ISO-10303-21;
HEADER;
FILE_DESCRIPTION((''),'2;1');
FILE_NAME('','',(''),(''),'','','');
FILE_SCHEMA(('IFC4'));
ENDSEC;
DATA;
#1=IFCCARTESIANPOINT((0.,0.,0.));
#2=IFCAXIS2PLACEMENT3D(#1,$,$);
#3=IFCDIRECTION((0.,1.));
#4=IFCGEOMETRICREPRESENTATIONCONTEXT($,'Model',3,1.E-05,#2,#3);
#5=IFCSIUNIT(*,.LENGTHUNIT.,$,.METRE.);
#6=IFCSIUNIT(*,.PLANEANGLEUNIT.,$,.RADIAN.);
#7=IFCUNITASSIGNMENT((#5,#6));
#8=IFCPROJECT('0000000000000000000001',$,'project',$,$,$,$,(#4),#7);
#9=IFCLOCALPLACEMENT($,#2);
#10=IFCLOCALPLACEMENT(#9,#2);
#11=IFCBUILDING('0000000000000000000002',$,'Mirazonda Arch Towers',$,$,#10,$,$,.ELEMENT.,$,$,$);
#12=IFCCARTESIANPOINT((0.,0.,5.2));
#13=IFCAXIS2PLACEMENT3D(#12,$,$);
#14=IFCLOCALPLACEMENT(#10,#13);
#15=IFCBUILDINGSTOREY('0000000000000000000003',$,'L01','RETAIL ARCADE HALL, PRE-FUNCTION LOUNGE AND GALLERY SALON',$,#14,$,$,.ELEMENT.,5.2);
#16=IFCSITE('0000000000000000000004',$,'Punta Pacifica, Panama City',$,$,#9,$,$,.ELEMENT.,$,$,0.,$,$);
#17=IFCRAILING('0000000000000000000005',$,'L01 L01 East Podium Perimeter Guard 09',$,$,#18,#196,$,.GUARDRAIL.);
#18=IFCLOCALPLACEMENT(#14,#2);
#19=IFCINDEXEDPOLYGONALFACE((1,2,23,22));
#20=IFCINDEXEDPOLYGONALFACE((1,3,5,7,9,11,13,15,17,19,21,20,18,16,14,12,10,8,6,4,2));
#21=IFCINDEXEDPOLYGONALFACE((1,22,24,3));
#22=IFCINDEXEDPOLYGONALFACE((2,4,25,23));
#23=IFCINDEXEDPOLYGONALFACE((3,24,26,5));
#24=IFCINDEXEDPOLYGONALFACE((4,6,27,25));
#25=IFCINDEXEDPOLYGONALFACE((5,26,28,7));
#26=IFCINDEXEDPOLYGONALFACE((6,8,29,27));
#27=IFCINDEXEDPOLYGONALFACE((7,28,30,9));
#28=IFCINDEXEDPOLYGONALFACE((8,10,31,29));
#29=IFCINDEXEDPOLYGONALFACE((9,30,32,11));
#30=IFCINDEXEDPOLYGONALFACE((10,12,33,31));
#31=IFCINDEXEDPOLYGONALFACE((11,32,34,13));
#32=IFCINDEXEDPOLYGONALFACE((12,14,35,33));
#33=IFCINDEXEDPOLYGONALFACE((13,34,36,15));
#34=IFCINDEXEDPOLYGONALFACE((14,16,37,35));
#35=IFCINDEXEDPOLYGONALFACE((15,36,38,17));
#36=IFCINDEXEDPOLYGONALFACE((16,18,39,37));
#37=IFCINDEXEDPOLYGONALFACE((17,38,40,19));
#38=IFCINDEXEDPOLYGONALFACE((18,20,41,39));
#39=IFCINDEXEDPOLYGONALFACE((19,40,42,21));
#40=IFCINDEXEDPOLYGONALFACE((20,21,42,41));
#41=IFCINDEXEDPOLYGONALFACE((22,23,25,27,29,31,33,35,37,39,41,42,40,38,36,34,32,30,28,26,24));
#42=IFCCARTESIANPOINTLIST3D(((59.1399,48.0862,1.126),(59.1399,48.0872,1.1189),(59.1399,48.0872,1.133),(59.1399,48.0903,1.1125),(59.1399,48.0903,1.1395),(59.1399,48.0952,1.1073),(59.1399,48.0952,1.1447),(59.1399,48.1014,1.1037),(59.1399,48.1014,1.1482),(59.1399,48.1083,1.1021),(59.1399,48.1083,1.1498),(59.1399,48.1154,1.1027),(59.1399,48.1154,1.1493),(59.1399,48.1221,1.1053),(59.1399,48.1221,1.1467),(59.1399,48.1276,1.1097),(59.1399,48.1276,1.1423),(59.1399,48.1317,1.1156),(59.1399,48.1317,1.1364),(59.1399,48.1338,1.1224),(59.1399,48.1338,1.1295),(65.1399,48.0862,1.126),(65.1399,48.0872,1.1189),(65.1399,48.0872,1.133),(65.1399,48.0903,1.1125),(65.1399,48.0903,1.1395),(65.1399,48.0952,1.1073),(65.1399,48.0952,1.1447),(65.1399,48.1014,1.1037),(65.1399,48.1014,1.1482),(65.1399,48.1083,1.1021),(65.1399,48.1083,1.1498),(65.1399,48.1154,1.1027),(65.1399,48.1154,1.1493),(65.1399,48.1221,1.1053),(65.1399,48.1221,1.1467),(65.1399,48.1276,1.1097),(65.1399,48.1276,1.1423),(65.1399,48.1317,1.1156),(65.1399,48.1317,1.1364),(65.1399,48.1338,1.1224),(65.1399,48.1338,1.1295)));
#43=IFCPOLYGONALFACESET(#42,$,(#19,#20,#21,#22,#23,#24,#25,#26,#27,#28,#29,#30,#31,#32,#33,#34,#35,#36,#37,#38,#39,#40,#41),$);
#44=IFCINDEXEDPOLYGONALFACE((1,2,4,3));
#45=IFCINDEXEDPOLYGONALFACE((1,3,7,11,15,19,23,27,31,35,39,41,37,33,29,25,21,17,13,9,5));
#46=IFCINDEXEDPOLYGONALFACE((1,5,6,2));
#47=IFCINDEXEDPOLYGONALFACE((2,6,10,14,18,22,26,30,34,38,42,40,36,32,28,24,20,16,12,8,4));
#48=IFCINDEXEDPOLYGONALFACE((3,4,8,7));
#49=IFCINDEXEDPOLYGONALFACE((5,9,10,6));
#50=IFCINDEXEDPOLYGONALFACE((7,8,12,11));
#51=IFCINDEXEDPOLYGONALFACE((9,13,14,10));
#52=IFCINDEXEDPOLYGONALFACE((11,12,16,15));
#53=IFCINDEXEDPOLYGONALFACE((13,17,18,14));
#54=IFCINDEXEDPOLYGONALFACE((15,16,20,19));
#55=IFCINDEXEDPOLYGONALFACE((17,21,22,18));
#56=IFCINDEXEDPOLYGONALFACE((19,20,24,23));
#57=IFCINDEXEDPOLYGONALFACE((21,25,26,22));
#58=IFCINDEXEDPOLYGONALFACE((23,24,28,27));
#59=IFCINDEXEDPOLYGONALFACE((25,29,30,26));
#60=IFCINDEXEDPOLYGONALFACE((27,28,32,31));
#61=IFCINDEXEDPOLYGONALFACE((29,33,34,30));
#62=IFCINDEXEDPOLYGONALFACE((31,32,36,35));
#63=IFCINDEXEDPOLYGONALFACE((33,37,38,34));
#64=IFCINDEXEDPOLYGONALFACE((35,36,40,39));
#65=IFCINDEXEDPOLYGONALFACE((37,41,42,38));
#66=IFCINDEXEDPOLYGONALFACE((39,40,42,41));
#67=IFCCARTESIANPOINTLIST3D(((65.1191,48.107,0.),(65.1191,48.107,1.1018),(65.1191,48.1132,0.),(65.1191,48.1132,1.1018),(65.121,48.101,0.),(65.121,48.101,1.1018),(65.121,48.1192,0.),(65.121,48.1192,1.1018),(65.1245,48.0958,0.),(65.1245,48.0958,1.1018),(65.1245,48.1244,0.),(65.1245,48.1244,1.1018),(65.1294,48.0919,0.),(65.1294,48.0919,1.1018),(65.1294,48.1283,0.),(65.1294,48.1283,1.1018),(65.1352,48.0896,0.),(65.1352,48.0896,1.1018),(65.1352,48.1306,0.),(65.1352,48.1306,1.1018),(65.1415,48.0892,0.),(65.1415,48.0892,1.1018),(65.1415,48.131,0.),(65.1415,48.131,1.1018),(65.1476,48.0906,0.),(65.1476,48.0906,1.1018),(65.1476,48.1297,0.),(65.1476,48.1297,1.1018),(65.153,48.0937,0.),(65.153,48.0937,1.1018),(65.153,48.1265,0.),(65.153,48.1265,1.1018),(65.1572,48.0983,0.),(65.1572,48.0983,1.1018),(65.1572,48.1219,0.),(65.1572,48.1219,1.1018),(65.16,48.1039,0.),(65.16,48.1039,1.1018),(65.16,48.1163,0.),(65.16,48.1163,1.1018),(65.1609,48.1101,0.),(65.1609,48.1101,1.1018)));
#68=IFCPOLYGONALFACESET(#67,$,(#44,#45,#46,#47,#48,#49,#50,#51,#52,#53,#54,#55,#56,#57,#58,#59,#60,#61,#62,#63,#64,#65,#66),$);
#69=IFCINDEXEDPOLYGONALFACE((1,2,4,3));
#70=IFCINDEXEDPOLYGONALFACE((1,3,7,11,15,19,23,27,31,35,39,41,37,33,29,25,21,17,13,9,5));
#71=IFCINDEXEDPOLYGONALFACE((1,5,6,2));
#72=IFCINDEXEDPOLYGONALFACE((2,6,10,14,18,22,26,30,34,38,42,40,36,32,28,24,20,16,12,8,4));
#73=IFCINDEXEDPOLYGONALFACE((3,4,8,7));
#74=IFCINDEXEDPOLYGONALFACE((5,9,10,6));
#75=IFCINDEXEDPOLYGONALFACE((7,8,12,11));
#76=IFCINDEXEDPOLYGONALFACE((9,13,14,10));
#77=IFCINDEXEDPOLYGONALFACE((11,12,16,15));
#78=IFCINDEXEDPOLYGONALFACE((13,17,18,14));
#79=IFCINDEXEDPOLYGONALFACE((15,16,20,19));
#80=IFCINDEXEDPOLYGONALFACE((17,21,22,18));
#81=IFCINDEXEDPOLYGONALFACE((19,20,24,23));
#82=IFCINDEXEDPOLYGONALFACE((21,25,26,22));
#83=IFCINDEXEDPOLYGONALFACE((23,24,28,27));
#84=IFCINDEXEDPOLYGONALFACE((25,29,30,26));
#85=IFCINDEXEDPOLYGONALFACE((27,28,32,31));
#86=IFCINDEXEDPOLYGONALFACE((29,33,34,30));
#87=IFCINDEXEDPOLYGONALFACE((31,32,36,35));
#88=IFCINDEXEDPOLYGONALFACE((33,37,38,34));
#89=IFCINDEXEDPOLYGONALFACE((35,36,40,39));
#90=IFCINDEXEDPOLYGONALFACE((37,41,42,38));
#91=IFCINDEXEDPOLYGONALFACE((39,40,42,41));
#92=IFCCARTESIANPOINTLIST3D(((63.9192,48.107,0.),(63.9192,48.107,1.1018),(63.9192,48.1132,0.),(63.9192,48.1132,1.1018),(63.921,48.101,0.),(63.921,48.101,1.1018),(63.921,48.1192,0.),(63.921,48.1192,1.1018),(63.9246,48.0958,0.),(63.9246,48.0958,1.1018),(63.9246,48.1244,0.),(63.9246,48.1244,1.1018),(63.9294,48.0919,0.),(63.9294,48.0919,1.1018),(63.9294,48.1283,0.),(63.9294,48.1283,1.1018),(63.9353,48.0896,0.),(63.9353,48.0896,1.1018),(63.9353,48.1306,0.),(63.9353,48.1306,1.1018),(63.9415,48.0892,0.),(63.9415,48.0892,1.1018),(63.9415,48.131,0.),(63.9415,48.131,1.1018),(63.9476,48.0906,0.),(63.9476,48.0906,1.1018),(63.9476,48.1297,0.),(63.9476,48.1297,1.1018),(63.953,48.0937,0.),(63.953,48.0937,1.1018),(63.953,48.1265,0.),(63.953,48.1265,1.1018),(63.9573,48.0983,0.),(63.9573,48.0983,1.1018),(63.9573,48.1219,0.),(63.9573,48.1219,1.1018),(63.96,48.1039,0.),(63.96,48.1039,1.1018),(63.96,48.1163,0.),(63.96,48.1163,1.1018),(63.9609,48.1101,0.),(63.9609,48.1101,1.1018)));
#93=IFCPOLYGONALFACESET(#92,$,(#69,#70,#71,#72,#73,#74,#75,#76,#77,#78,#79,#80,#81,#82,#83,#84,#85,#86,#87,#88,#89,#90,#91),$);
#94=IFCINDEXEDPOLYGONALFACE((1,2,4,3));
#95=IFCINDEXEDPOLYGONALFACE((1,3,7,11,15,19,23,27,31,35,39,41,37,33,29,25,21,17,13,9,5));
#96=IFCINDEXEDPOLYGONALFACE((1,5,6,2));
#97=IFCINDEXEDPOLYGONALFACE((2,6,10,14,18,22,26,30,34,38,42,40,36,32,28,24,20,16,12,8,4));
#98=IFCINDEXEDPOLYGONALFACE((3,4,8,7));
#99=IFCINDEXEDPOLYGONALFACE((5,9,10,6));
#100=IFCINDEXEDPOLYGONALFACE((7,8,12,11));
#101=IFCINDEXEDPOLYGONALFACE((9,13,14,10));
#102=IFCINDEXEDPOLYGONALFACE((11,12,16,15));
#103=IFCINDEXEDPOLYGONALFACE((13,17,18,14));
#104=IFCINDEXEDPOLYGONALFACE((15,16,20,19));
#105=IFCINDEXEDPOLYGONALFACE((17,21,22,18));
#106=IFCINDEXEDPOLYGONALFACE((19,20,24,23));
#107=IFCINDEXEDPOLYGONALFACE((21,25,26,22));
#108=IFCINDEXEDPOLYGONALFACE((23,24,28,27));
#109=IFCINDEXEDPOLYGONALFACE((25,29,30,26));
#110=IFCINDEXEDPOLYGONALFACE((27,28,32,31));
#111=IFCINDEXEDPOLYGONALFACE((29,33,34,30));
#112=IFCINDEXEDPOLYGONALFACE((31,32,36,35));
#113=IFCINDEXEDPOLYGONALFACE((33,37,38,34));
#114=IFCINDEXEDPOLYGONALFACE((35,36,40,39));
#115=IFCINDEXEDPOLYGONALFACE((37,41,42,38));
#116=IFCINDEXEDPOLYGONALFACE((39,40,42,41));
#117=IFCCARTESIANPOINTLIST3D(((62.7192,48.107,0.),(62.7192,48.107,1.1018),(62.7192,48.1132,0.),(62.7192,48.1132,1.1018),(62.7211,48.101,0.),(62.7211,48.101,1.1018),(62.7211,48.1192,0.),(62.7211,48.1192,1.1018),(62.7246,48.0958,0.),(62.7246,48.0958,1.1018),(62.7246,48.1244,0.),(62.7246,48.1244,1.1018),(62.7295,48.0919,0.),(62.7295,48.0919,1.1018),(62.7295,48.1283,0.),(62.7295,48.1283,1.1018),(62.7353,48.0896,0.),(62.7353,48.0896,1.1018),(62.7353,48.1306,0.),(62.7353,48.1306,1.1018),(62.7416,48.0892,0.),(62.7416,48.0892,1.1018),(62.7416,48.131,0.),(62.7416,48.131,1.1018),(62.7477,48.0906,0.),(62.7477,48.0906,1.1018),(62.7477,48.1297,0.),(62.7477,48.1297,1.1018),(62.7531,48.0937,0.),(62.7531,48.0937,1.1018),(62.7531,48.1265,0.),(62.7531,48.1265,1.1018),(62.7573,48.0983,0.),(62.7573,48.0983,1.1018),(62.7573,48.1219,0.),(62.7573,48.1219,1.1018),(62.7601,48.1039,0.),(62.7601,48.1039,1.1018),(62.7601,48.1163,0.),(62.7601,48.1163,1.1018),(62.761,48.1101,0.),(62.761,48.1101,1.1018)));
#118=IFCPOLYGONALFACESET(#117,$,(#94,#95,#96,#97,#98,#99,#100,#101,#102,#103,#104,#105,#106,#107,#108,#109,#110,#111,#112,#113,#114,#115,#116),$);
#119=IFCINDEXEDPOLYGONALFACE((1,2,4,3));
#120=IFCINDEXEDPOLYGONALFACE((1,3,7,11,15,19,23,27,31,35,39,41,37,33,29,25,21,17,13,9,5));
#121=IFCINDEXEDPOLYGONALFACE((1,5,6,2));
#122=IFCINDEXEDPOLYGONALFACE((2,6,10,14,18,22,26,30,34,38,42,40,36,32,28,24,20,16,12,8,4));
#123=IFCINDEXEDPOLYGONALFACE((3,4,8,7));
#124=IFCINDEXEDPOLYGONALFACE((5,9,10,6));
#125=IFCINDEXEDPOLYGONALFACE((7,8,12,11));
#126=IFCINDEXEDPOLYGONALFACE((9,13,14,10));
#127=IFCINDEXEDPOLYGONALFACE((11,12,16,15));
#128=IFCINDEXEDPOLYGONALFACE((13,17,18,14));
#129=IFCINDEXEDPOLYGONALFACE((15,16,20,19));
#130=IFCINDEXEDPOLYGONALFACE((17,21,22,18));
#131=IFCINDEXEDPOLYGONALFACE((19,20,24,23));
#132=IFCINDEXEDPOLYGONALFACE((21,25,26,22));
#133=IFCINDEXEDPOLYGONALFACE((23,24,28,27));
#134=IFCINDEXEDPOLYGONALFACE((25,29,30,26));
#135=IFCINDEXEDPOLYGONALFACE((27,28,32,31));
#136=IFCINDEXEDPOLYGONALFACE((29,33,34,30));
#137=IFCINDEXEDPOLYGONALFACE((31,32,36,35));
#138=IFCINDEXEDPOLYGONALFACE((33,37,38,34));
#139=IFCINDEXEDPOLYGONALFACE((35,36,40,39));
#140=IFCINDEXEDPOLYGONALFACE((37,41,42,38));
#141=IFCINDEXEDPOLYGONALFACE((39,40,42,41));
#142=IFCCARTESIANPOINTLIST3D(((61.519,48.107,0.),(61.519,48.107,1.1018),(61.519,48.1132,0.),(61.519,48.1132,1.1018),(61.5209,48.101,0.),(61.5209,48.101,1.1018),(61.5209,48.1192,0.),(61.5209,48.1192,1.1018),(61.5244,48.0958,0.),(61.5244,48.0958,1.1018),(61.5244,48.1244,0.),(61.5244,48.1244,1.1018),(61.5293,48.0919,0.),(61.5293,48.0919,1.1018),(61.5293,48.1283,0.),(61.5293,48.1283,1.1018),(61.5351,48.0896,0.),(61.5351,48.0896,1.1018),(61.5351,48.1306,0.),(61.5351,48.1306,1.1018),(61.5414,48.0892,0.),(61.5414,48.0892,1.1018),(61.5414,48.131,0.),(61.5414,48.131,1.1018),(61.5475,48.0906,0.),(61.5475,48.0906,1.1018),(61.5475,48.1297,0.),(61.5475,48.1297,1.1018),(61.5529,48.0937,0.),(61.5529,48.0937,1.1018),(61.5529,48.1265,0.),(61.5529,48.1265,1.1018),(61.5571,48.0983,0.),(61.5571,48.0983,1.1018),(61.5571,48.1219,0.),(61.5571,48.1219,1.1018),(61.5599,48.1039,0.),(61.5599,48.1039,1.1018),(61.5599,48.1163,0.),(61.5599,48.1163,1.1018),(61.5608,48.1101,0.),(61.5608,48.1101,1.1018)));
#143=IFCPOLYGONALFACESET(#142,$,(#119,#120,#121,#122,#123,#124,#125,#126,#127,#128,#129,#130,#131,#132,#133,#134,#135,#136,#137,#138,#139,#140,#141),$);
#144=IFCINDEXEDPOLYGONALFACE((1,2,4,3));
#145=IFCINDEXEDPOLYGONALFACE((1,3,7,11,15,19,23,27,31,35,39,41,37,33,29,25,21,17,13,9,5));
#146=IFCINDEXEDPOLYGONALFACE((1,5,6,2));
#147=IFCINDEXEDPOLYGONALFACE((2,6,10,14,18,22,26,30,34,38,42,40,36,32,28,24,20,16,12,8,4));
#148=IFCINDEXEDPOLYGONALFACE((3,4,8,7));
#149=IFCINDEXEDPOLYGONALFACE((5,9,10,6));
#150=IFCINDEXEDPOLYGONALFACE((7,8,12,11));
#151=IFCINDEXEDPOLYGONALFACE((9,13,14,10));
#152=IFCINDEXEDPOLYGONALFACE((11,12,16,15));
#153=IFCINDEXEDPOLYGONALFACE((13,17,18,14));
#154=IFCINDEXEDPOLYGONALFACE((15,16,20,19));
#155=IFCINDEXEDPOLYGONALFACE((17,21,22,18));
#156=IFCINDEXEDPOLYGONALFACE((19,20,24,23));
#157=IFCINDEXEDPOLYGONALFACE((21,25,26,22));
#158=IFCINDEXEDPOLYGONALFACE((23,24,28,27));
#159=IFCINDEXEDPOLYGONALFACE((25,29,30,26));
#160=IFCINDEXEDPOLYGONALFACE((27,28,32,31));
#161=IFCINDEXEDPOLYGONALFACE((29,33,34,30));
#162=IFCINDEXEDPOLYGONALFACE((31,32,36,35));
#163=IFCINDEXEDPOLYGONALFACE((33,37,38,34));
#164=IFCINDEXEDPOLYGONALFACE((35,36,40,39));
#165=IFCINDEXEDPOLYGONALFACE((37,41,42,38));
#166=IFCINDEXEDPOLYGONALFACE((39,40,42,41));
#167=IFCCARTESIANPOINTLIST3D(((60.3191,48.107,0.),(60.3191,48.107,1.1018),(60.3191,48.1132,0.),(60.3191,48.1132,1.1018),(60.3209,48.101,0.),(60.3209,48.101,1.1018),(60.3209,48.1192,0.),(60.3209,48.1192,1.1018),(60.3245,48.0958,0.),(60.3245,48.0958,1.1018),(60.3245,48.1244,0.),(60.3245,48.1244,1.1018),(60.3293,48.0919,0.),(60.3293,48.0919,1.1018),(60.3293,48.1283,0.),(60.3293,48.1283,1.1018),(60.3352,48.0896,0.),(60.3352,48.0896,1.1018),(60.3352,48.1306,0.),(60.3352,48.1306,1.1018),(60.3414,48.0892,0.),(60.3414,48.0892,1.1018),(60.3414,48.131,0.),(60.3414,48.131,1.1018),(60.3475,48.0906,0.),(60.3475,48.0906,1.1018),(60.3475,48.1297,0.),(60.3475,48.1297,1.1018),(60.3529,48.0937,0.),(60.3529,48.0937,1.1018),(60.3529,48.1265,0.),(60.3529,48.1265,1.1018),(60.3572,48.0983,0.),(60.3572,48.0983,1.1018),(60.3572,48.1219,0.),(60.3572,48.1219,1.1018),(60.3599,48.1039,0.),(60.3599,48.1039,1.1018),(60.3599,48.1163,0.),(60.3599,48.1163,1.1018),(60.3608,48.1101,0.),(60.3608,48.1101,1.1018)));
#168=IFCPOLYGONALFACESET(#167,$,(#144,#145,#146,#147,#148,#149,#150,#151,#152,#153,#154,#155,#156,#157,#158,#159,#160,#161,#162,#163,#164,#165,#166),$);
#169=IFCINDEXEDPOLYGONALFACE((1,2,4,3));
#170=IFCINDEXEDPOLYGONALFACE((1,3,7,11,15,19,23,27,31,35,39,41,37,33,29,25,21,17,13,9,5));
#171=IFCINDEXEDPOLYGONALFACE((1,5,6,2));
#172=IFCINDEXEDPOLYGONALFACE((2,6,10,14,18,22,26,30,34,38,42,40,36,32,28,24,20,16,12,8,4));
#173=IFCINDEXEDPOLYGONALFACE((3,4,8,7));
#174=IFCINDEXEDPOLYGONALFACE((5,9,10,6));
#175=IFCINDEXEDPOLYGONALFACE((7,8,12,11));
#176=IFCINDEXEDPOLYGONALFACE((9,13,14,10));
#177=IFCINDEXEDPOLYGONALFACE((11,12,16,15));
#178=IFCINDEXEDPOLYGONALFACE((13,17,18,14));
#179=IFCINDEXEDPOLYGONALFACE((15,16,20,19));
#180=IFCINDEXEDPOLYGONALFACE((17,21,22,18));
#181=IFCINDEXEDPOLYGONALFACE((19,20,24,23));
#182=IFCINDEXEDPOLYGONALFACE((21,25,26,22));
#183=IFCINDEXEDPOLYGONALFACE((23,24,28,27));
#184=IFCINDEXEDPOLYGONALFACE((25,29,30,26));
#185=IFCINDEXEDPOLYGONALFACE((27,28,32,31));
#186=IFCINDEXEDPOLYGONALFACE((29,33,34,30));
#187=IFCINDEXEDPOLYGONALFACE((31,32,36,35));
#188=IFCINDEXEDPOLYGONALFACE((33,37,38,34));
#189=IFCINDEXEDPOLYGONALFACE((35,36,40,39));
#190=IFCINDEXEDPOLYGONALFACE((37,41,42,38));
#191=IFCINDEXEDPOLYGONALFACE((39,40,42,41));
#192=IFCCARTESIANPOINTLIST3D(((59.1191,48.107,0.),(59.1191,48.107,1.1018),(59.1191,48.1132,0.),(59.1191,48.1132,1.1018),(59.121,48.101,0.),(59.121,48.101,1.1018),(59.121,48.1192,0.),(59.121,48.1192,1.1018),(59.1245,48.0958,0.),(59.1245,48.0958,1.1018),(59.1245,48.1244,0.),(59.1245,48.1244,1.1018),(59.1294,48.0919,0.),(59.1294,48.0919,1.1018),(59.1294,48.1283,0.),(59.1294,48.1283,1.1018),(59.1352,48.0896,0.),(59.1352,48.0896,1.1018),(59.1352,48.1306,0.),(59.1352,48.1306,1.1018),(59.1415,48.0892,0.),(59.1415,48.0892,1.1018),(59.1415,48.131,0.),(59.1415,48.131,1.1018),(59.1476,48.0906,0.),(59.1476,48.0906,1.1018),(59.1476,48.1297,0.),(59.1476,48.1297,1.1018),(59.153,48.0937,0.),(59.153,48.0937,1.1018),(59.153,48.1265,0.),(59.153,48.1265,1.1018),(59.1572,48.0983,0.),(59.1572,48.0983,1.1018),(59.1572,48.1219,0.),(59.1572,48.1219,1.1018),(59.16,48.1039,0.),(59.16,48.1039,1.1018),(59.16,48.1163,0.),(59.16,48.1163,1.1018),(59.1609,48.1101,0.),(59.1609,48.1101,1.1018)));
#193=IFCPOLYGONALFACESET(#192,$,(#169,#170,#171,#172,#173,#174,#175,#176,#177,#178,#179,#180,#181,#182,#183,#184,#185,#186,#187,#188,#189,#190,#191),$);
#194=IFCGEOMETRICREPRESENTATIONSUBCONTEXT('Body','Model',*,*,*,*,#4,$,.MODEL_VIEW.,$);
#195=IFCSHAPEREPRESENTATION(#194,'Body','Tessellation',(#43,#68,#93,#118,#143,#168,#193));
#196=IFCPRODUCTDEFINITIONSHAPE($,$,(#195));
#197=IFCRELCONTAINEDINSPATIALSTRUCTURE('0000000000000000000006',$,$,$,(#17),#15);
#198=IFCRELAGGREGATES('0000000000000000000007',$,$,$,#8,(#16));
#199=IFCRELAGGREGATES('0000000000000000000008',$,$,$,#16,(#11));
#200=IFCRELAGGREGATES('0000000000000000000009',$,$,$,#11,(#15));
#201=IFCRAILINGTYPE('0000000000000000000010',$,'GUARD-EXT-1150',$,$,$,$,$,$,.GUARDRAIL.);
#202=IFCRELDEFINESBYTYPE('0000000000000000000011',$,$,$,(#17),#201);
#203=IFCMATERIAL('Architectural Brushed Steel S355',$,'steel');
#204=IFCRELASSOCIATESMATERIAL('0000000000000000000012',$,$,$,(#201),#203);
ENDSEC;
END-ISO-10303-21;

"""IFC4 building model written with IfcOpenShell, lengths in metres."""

from ifc_helpers import new_model, si_unit, direction, frame, origin, origin_2d, place, context, subcontext, project, spatial, circle, extrude, material, type_object, element, save


model = new_model("IFC4")

# Units and contexts
model_context = context("Model", 3, precision=1e-05, world=origin(), true_north=direction((0.0, 1.0)))
body_context = subcontext(model_context, "Body", "Model", "MODEL_VIEW")
ifc_project = project(units=[si_unit("LENGTHUNIT", "METRE"), si_unit("PLANEANGLEUNIT", "RADIAN")], contexts=[model_context])

# Site, building, storey
site_placement = place(None, origin())
site = spatial("IfcSite", under=ifc_project, at=site_placement, Name="Punta Pacifica, Panama City", CompositionType="ELEMENT", RefElevation=0.0)
building_placement = place(site_placement, origin())
building = spatial("IfcBuilding", under=site, at=building_placement, Name="Mirazonda Arch Towers", CompositionType="ELEMENT")
storey_placement = place(building_placement, frame((0.0, 0.0, 5.2)))
storey = spatial("IfcBuildingStorey", under=building, at=storey_placement, Name="L01", Description="RETAIL ARCADE HALL, PRE-FUNCTION LOUNGE AND GALLERY SALON", CompositionType="ELEMENT", Elevation=5.2)

# Railing
ifc_material_1 = material(Name="Architectural Brushed Steel S355", Category="steel")
railing_type = type_object("IfcRailingType", Name="GUARD-EXT-1150", PredefinedType="GUARDRAIL", material=ifc_material_1)
railing_1_placement = place(storey_placement, frame((65.1399, 48.1101, 0.0)))
element("IfcRailing", 1, at=railing_1_placement, inside=storey, type_object=railing_type, Name="L01 L01 East Podium Perimeter Guard 09", PredefinedType="GUARDRAIL", context=body_context, shape_type="SweptSolid", body=[
    extrude(circle(Radius=0.0239, at=origin_2d()), frame((0.0, 0.0, 1.126), z_axis=(-1.0, 0.0, 0.0), x_axis=(0.0, -1.0, 0.0)), (0.0, 0.0, 1.0), 6.0),
    extrude(circle(Radius=0.021, at=origin_2d()), origin(), (0.0, 0.0, 1.0), 1.1018),
    extrude(circle(Radius=0.021, at=origin_2d()), frame((-1.2, 0.0, 0.0)), (0.0, 0.0, 1.0), 1.1018),
    extrude(circle(Radius=0.021, at=origin_2d()), frame((-2.3999, 0.0, 0.0)), (0.0, 0.0, 1.0), 1.1018),
    extrude(circle(Radius=0.021, at=origin_2d()), frame((-3.6001, 0.0, 0.0)), (0.0, 0.0, 1.0), 1.1018),
    extrude(circle(Radius=0.021, at=origin_2d()), frame((-4.8, 0.0, 0.0)), (0.0, 0.0, 1.0), 1.1018),
    extrude(circle(Radius=0.021, at=origin_2d()), frame((-6.0, 0.0, 0.0)), (0.0, 0.0, 1.0), 1.1018),
])

save(model, "model.ifc")
